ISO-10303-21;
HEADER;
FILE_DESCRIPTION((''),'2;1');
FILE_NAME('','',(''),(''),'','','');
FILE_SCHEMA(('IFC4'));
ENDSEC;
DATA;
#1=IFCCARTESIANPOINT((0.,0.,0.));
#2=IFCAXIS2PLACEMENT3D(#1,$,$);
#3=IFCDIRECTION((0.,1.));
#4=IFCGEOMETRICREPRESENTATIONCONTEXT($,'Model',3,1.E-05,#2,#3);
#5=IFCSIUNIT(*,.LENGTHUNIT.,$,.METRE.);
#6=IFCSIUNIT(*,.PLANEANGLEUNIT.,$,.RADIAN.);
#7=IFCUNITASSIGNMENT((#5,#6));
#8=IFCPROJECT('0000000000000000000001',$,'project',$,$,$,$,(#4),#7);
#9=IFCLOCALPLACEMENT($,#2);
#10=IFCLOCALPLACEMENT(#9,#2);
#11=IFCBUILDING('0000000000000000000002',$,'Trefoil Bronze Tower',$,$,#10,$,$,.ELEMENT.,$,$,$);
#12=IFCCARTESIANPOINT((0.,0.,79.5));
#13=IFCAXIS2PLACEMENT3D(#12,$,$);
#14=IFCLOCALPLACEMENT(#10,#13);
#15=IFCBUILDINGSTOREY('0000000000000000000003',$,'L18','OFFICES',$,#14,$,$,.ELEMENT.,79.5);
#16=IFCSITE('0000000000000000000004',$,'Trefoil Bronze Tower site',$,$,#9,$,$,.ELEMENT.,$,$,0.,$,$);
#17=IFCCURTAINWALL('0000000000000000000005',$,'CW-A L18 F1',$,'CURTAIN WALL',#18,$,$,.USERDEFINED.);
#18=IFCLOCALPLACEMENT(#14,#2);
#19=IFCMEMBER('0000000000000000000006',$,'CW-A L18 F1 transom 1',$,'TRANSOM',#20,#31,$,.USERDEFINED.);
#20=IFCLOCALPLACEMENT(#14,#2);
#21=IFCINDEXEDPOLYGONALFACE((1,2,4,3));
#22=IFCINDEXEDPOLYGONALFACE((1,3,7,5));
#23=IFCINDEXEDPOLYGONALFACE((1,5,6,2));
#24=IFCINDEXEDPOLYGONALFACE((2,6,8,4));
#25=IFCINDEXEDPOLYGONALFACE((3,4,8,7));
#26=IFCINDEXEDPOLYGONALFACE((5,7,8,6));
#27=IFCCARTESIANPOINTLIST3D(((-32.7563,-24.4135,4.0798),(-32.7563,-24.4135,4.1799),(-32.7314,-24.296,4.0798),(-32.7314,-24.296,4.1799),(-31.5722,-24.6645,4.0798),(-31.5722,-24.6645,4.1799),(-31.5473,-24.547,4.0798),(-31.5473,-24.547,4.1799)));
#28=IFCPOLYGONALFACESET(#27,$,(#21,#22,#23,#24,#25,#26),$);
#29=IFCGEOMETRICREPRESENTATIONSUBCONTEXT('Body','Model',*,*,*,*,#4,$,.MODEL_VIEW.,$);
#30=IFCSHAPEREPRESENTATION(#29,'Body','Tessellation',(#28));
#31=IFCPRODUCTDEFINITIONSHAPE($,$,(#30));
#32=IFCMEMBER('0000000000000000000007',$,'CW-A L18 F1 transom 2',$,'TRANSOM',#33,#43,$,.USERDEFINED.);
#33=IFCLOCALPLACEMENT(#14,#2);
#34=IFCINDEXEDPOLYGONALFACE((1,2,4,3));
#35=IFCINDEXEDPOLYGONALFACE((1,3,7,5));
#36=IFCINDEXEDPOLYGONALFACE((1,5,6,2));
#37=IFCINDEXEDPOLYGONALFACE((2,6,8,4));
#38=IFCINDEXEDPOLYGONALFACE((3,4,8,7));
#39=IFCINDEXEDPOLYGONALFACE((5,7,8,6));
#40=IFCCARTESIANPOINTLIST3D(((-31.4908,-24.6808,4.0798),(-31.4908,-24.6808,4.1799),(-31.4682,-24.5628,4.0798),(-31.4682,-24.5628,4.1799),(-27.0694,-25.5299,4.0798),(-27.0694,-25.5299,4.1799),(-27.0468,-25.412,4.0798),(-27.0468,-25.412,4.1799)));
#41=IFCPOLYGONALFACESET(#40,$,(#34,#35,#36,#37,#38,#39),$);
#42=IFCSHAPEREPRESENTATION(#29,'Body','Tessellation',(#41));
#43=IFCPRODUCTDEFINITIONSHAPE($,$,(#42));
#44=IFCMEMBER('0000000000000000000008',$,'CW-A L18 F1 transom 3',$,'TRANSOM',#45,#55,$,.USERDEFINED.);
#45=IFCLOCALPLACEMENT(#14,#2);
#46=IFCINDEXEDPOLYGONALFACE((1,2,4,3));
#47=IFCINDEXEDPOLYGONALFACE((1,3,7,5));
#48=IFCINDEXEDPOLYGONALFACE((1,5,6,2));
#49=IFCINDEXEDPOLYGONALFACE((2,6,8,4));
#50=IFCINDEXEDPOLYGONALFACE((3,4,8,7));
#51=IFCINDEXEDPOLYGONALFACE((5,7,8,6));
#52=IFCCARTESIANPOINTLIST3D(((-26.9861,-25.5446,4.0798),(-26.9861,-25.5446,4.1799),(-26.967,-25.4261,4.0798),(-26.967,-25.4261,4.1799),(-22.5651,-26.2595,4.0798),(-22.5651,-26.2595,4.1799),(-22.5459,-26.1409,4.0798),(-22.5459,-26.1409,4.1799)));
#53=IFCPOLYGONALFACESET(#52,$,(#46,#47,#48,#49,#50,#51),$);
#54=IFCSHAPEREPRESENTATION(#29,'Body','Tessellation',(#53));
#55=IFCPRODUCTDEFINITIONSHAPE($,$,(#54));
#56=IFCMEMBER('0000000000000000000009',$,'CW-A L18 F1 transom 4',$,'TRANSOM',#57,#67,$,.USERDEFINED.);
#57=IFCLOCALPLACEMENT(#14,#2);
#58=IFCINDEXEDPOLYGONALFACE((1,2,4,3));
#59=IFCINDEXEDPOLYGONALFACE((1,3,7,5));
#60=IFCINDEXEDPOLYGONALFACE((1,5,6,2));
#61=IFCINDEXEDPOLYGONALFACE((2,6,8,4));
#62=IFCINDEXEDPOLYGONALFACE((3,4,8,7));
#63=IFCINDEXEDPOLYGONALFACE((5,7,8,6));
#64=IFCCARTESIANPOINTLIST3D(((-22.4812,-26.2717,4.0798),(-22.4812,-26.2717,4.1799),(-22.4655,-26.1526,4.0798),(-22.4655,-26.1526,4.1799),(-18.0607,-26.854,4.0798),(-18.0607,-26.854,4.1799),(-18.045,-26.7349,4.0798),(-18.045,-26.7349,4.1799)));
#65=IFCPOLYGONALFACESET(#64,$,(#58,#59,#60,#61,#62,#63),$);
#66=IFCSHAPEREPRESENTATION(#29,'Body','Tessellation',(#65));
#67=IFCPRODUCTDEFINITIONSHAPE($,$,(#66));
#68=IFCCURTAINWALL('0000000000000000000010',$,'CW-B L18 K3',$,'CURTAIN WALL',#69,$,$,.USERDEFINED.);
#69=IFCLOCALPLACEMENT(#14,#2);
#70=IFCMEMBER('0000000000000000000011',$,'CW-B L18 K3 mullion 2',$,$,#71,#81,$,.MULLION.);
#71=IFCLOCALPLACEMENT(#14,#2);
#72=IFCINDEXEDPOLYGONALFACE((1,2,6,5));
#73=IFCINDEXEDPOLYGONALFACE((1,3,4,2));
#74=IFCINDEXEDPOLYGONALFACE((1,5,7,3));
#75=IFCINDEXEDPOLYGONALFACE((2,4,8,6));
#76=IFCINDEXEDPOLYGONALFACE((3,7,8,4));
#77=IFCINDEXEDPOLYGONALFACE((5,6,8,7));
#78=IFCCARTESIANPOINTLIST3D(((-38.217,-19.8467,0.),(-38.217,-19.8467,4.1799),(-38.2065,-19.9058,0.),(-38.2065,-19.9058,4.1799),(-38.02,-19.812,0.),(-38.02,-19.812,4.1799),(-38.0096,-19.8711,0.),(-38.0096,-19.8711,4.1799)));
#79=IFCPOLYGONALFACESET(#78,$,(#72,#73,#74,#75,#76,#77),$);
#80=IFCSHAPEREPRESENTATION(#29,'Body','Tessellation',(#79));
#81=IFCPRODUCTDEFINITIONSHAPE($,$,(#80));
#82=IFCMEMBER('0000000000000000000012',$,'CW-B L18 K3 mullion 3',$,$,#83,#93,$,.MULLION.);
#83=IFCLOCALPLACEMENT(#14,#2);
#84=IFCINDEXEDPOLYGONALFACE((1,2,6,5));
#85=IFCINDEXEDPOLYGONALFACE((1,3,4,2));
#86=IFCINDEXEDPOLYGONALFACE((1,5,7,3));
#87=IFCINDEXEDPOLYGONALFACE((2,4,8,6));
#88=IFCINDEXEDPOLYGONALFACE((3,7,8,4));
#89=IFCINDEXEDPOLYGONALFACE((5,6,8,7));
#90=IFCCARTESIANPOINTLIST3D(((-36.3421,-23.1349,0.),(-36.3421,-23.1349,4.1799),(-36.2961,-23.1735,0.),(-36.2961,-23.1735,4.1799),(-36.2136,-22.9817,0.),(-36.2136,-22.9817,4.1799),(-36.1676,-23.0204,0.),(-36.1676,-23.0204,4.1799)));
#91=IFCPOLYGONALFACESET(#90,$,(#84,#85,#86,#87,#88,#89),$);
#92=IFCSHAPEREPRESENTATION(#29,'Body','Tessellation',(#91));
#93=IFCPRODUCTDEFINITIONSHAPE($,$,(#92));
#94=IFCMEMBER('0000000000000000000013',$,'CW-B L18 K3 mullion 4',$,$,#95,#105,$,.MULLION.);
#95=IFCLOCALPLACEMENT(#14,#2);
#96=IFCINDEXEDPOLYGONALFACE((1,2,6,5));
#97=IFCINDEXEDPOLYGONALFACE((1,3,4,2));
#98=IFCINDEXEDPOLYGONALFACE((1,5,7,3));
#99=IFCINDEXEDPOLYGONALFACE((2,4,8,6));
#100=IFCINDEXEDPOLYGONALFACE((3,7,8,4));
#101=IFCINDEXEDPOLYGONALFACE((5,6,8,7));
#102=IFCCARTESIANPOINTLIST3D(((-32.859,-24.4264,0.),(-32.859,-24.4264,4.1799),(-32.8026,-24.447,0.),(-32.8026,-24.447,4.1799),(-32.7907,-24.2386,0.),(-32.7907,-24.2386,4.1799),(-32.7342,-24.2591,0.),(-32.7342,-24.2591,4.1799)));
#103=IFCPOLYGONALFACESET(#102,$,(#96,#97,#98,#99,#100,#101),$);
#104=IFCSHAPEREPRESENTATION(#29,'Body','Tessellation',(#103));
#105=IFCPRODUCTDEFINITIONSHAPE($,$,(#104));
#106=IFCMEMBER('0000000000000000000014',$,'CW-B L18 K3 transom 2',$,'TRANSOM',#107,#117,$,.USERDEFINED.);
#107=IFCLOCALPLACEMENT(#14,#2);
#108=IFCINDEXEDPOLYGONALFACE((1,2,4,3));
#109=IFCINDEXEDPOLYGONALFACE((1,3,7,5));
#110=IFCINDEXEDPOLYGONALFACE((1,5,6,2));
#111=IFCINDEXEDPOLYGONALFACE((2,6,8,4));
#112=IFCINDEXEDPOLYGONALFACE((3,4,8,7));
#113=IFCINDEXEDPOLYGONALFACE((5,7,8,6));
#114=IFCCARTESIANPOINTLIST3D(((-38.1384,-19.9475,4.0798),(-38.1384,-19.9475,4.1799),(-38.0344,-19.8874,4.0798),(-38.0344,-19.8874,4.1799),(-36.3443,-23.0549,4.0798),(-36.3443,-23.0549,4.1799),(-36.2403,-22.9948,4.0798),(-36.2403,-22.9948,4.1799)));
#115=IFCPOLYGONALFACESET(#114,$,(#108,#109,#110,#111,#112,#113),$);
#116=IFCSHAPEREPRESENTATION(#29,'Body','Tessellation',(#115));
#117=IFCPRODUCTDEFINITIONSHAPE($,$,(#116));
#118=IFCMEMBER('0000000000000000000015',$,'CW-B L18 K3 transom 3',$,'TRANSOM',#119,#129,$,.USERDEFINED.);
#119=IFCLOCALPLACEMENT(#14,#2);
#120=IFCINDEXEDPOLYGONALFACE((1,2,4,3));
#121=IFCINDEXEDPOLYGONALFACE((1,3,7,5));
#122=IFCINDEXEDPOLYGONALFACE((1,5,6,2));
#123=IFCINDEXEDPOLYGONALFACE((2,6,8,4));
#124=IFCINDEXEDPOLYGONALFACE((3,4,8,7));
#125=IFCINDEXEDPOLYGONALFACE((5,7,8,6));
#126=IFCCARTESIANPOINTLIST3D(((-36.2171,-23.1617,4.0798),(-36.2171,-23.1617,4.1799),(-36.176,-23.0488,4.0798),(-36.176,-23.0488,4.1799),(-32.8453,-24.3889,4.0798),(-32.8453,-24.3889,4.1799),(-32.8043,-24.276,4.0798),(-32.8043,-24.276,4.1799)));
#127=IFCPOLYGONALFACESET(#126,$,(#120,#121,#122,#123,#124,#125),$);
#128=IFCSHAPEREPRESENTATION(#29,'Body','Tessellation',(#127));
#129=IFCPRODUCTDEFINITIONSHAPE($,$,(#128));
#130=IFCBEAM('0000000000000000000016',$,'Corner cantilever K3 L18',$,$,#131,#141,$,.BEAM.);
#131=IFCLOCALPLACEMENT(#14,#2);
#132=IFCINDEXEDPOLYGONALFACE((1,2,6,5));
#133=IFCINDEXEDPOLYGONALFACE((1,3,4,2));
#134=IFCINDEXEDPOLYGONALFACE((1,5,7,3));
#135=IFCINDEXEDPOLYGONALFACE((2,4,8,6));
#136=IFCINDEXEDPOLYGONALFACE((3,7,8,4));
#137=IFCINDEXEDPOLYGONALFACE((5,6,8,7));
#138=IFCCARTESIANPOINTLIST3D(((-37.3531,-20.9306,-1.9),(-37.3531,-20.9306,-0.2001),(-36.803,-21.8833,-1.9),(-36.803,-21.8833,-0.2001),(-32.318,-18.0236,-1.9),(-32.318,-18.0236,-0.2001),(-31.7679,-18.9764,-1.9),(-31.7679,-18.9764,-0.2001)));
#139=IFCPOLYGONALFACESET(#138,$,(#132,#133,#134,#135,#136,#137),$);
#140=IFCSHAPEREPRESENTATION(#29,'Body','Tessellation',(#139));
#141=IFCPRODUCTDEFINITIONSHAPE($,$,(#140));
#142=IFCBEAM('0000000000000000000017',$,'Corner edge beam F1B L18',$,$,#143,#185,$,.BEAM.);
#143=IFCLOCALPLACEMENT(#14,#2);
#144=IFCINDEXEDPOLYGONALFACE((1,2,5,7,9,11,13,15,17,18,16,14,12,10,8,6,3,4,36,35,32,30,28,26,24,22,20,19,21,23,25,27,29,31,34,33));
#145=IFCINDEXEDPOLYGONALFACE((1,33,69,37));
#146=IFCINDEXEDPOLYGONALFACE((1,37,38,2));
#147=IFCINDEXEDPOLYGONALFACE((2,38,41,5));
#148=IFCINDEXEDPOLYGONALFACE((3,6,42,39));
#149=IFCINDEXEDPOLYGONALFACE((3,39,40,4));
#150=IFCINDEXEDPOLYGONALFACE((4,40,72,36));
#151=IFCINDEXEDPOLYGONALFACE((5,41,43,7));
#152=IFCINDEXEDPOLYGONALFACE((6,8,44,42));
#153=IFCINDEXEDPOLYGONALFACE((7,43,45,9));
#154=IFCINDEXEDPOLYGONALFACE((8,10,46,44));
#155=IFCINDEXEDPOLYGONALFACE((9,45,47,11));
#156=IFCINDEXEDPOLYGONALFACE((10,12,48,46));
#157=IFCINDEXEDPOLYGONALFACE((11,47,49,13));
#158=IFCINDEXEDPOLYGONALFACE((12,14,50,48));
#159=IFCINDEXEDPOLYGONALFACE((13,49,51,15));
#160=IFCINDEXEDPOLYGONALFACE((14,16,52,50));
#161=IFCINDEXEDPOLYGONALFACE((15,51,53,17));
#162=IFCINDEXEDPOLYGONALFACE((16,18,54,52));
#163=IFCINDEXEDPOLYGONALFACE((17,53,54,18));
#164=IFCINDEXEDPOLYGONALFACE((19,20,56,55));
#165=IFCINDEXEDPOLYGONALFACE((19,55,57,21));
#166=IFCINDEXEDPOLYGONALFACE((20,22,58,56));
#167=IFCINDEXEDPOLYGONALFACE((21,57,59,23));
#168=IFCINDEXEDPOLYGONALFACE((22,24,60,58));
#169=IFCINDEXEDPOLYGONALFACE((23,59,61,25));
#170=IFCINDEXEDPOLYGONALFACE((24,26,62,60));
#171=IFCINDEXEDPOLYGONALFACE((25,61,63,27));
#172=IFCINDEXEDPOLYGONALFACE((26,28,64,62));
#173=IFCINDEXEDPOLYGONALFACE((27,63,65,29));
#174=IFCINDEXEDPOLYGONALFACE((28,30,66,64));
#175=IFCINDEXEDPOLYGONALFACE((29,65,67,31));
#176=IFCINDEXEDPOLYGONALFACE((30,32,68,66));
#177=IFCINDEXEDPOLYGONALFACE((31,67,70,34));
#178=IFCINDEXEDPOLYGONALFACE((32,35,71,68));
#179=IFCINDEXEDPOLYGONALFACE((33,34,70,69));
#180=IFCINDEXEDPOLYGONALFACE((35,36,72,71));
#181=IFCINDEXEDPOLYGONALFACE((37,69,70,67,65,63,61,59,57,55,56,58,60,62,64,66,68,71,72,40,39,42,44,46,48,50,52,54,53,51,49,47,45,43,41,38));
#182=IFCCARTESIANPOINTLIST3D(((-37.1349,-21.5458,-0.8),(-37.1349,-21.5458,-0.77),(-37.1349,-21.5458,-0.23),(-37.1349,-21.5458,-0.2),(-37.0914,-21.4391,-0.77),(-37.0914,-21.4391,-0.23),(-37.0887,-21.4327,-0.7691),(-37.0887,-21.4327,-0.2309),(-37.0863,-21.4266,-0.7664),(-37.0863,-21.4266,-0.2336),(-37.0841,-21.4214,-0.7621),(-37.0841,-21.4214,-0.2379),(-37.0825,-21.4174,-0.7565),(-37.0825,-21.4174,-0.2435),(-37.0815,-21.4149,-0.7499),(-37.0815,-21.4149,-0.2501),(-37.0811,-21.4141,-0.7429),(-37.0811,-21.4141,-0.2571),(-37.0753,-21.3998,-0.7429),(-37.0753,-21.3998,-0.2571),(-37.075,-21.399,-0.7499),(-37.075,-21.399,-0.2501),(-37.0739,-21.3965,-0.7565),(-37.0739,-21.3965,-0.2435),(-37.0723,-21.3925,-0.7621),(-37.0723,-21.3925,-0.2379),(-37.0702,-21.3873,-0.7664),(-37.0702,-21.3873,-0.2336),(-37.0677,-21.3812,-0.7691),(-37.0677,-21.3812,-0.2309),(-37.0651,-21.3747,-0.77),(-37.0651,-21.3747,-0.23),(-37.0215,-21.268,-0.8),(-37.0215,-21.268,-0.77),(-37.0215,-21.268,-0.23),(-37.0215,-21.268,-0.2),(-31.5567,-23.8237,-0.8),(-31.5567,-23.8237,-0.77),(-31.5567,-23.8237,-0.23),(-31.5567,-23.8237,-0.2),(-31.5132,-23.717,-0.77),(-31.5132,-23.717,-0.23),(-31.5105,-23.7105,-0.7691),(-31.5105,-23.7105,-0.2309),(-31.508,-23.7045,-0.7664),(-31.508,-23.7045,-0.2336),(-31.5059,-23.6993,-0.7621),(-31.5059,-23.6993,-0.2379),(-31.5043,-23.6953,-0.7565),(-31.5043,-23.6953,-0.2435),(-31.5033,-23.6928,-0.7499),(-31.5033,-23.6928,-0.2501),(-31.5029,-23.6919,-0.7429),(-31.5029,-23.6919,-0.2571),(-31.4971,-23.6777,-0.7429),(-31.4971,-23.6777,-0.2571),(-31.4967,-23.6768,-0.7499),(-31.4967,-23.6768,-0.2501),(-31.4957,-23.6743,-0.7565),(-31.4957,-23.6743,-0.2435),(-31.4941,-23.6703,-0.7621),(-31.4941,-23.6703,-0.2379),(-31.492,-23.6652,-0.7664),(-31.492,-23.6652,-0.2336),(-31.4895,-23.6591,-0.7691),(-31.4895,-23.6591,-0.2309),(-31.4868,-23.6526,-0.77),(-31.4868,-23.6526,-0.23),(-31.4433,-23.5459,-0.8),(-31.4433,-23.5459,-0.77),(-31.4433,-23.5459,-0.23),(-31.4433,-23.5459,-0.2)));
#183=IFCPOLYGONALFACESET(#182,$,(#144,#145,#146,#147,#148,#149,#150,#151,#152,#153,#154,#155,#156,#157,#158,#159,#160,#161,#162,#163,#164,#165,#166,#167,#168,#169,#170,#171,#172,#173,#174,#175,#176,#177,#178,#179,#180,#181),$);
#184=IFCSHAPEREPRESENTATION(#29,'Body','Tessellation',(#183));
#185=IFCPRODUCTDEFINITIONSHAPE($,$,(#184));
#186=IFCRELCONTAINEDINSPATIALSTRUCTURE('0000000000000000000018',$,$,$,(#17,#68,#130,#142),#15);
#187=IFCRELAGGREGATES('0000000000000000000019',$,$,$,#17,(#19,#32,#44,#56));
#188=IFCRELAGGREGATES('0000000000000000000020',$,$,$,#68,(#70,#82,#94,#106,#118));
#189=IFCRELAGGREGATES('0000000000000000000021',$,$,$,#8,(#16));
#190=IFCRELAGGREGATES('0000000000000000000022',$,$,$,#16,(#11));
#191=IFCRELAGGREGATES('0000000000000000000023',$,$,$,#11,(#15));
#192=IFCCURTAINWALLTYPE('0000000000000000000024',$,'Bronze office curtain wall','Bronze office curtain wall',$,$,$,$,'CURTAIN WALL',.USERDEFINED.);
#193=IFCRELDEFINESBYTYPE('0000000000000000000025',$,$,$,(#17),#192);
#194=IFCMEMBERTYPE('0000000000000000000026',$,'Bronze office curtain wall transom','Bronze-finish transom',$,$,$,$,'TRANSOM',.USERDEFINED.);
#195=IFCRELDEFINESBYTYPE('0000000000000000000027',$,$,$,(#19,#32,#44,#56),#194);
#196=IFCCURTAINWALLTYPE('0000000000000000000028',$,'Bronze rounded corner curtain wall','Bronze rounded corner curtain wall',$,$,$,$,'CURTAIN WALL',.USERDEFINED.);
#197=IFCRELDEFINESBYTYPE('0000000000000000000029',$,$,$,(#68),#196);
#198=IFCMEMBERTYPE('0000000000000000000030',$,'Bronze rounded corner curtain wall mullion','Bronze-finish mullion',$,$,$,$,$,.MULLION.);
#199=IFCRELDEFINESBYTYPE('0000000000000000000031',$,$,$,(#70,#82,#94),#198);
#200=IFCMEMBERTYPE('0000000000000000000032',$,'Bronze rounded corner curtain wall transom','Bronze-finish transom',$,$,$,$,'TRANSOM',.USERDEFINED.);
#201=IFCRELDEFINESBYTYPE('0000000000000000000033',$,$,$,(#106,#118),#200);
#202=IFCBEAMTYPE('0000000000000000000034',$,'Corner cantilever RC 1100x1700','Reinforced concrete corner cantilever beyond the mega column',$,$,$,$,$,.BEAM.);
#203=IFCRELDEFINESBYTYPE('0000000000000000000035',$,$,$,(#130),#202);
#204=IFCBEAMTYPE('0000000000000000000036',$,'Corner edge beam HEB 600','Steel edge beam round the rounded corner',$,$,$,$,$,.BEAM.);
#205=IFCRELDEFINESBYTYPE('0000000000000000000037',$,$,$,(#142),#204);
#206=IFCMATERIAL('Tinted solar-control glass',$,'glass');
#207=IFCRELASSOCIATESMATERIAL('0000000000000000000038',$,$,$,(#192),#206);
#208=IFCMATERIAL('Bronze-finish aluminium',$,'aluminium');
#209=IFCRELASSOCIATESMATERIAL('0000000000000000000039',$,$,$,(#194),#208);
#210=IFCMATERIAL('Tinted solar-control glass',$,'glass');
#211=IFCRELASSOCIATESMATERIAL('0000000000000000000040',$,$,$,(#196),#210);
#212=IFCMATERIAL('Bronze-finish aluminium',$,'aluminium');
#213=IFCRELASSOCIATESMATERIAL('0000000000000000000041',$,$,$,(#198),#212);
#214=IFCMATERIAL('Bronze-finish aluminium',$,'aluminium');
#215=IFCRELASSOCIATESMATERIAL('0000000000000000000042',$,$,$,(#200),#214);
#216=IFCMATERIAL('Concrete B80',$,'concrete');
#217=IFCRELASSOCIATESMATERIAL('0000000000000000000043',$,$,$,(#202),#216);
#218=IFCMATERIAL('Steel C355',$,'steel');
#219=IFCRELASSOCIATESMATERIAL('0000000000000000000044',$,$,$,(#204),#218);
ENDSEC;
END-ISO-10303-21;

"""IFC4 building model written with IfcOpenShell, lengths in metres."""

from ifc_helpers import new_model, si_unit, direction, frame, origin, origin_2d, place, context, subcontext, project, spatial, rectangle, i_section, extrude, material, material_profile, profile_set, type_object, element, aggregate, save


model = new_model("IFC4")

# Units and contexts
model_context = context("Model", 3, precision=1e-05, world=origin(), true_north=direction((0.0, 1.0)))
body_context = subcontext(model_context, "Body", "Model", "MODEL_VIEW")
ifc_project = project(units=[si_unit("LENGTHUNIT", "METRE"), si_unit("PLANEANGLEUNIT", "RADIAN")], contexts=[model_context])

# Site, building, storey
site_placement = place(None, origin())
site = spatial("IfcSite", under=ifc_project, at=site_placement, Name="Trefoil Bronze Tower site", CompositionType="ELEMENT", RefElevation=0.0)
building_placement = place(site_placement, origin())
building = spatial("IfcBuilding", under=site, at=building_placement, Name="Trefoil Bronze Tower", CompositionType="ELEMENT")
storey_placement = place(building_placement, frame((0.0, 0.0, 79.5)))
storey = spatial("IfcBuildingStorey", under=building, at=storey_placement, Name="L18", Description="OFFICES", CompositionType="ELEMENT", Elevation=79.5)

# Curtain walls, members
ifc_material_1 = material(Name="Tinted solar-control glass", Category="glass")
curtain_wall_type_1 = type_object("IfcCurtainWallType", Name="Bronze office curtain wall", Description="Bronze office curtain wall", ElementType="CURTAIN WALL", PredefinedType="USERDEFINED", material=ifc_material_1)
curtain_wall_1_placement = place(storey_placement, origin())
curtain_wall_1 = element("IfcCurtainWall", 1, at=curtain_wall_1_placement, inside=storey, type_object=curtain_wall_type_1, Name="CW-A L18 F1", ObjectType="CURTAIN WALL", PredefinedType="USERDEFINED")
ifc_material_2 = material(Name="Bronze-finish aluminium", Category="aluminium")
ifc_material_profile_1 = material_profile(ifc_material_2, rectangle(XDim=0.1201, YDim=0.1001, at=origin_2d()), Name="CW-A transom")
ifc_profile_set_1 = profile_set([ifc_material_profile_1], Name="Bronze-finish aluminium")
member_type_1 = type_object("IfcMemberType", Name="Bronze office curtain wall transom", Description="Bronze-finish transom", ElementType="TRANSOM", PredefinedType="USERDEFINED", material=ifc_profile_set_1)
member_1_placement = place(storey_placement, frame((-32.7439, -24.3547, 4.1299), z_axis=(0.978266, -0.207352, 0.0), x_axis=(0.207352, 0.978266, 0.0)))
member_1 = element("IfcMember", 2, at=member_1_placement, type_object=member_type_1, Name="CW-A L18 F1 transom 1", ObjectType="TRANSOM", PredefinedType="USERDEFINED", context=body_context, shape_type="SweptSolid", body=[
    extrude(rectangle(XDim=0.1201, YDim=0.1001, at=origin_2d()), origin(), (0.0, 0.0, 1.0), 1.2104),
])
member_2_placement = place(storey_placement, frame((-31.4795, -24.6218, 4.1299), z_axis=(0.982054, -0.188602, 0.0), x_axis=(0.188602, 0.982054, 0.0)))
member_2 = element("IfcMember", 3, at=member_2_placement, type_object=member_type_1, Name="CW-A L18 F1 transom 2", ObjectType="TRANSOM", PredefinedType="USERDEFINED", context=body_context, shape_type="SweptSolid", body=[
    extrude(rectangle(XDim=0.1201, YDim=0.1001, at=origin_2d()), origin(), (0.0, 0.0, 1.0), 4.5022),
])
member_3_placement = place(storey_placement, frame((-26.9766, -25.4854, 4.1299), z_axis=(0.987179, -0.159615, 0.0), x_axis=(0.159615, 0.987179, 0.0)))
member_3 = element("IfcMember", 4, at=member_3_placement, type_object=member_type_1, Name="CW-A L18 F1 transom 3", ObjectType="TRANSOM", PredefinedType="USERDEFINED", context=body_context, shape_type="SweptSolid", body=[
    extrude(rectangle(XDim=0.1201, YDim=0.1001, at=origin_2d()), origin(), (0.0, 0.0, 1.0), 4.4785),
])
member_4_placement = place(storey_placement, frame((-22.4734, -26.2122, 4.1299), z_axis=(0.991437, -0.130589, 0.0), x_axis=(0.130589, 0.991437, 0.0)))
member_4 = element("IfcMember", 5, at=member_4_placement, type_object=member_type_1, Name="CW-A L18 F1 transom 4", ObjectType="TRANSOM", PredefinedType="USERDEFINED", context=body_context, shape_type="SweptSolid", body=[
    extrude(rectangle(XDim=0.1201, YDim=0.1001, at=origin_2d()), origin(), (0.0, 0.0, 1.0), 4.4587),
])
ifc_material_3 = material(Name="Tinted solar-control glass", Category="glass")
curtain_wall_type_2 = type_object("IfcCurtainWallType", Name="Bronze rounded corner curtain wall", Description="Bronze rounded corner curtain wall", ElementType="CURTAIN WALL", PredefinedType="USERDEFINED", material=ifc_material_3)
curtain_wall_2_placement = place(storey_placement, origin())
curtain_wall_2 = element("IfcCurtainWall", 6, at=curtain_wall_2_placement, inside=storey, type_object=curtain_wall_type_2, Name="CW-B L18 K3", ObjectType="CURTAIN WALL", PredefinedType="USERDEFINED")
ifc_material_4 = material(Name="Bronze-finish aluminium", Category="aluminium")
ifc_material_profile_2 = material_profile(ifc_material_4, rectangle(XDim=0.2, YDim=0.0601, at=origin_2d()), Name="CW-B mullion")
ifc_profile_set_2 = profile_set([ifc_material_profile_2], Name="Bronze-finish aluminium")
member_type_2 = type_object("IfcMemberType", Name="Bronze rounded corner curtain wall mullion", Description="Bronze-finish mullion", PredefinedType="MULLION", material=ifc_profile_set_2)
member_5_placement = place(storey_placement, frame((-38.1133, -19.8589, 0.0), z_axis=(0.0, 0.0, 1.0), x_axis=(0.984808, 0.173648, 0.0)))
member_5 = element("IfcMember", 7, at=member_5_placement, type_object=member_type_2, Name="CW-B L18 K3 mullion 2", PredefinedType="MULLION", context=body_context, shape_type="SweptSolid", body=[
    extrude(rectangle(XDim=0.2, YDim=0.0601, at=origin_2d()), origin(), (0.0, 0.0, 1.0), 4.1799),
])
member_6_placement = place(storey_placement, frame((-36.2549, -23.0776, 0.0), z_axis=(0.0, 0.0, 1.0), x_axis=(0.642788, 0.766044, 0.0)))
member_6 = element("IfcMember", 8, at=member_6_placement, type_object=member_type_2, Name="CW-B L18 K3 mullion 3", PredefinedType="MULLION", context=body_context, shape_type="SweptSolid", body=[
    extrude(rectangle(XDim=0.2, YDim=0.0601, at=origin_2d()), origin(), (0.0, 0.0, 1.0), 4.1799),
])
member_7_placement = place(storey_placement, frame((-32.7966, -24.3428, 0.0), z_axis=(0.0, 0.0, 1.0), x_axis=(0.34202, 0.939693, 0.0)))
member_7 = element("IfcMember", 9, at=member_7_placement, type_object=member_type_2, Name="CW-B L18 K3 mullion 4", PredefinedType="MULLION", context=body_context, shape_type="SweptSolid", body=[
    extrude(rectangle(XDim=0.2, YDim=0.0601, at=origin_2d()), origin(), (0.0, 0.0, 1.0), 4.1799),
])
ifc_material_5 = material(Name="Bronze-finish aluminium", Category="aluminium")
ifc_material_profile_3 = material_profile(ifc_material_5, rectangle(XDim=0.1201, YDim=0.1001, at=origin_2d()), Name="CW-B transom")
ifc_profile_set_3 = profile_set([ifc_material_profile_3], Name="Bronze-finish aluminium")
member_type_3 = type_object("IfcMemberType", Name="Bronze rounded corner curtain wall transom", Description="Bronze-finish transom", ElementType="TRANSOM", PredefinedType="USERDEFINED", material=ifc_profile_set_3)
member_8_placement = place(storey_placement, frame((-38.0864, -19.9175, 4.1299), z_axis=(0.500025, -0.866011, 0.0), x_axis=(0.866011, 0.500025, 0.0)))
member_8 = element("IfcMember", 10, at=member_8_placement, type_object=member_type_3, Name="CW-B L18 K3 transom 2", ObjectType="TRANSOM", PredefinedType="USERDEFINED", context=body_context, shape_type="SweptSolid", body=[
    extrude(rectangle(XDim=0.1201, YDim=0.1001, at=origin_2d()), origin(), (0.0, 0.0, 1.0), 3.5881),
])
member_9_placement = place(storey_placement, frame((-36.1965, -23.1052, 4.1299), z_axis=(0.939688, -0.342033, 0.0), x_axis=(0.342033, 0.939688, 0.0)))
member_9 = element("IfcMember", 11, at=member_9_placement, type_object=member_type_3, Name="CW-B L18 K3 transom 3", ObjectType="TRANSOM", PredefinedType="USERDEFINED", context=body_context, shape_type="SweptSolid", body=[
    extrude(rectangle(XDim=0.1201, YDim=0.1001, at=origin_2d()), origin(), (0.0, 0.0, 1.0), 3.5881),
])

# Beams
ifc_material_6 = material(Name="Concrete B80", Category="concrete")
ifc_material_profile_4 = material_profile(ifc_material_6, rectangle(XDim=1.1001, YDim=1.7, at=origin_2d()), Name="RC 1100x1700")
ifc_profile_set_4 = profile_set([ifc_material_profile_4], Name="Concrete B80")
beam_type_1 = type_object("IfcBeamType", Name="Corner cantilever RC 1100x1700", Description="Reinforced concrete corner cantilever beyond the mega column", PredefinedType="BEAM", material=ifc_profile_set_4)
beam_1_placement = place(storey_placement, frame((-32.043, -18.5, -1.05), z_axis=(-0.86603, -0.499991, 0.0), x_axis=(0.499991, -0.86603, 0.0)))
element("IfcBeam", 12, at=beam_1_placement, inside=storey, type_object=beam_type_1, Name="Corner cantilever K3 L18", PredefinedType="BEAM", context=body_context, shape_type="SweptSolid", body=[
    extrude(rectangle(XDim=1.1001, YDim=1.7, at=origin_2d()), origin(), (0.0, 0.0, 1.0), 5.814),
])
ifc_material_7 = material(Name="Steel C355", Category="steel")
ifc_material_profile_5 = material_profile(ifc_material_7, i_section(OverallWidth=0.3, OverallDepth=0.6001, WebThickness=0.0154, FlangeThickness=0.03, FilletRadius=0.0271, at=origin_2d()), Name="HEB 600")
ifc_profile_set_5 = profile_set([ifc_material_profile_5], Name="Steel C355")
beam_type_2 = type_object("IfcBeamType", Name="Corner edge beam HEB 600", Description="Steel edge beam round the rounded corner", PredefinedType="BEAM", material=ifc_profile_set_5)
beam_2_placement = place(storey_placement, frame((-31.5, -23.6848, -0.5), z_axis=(-0.925787, 0.378046, 0.0), x_axis=(-0.378046, -0.925787, 0.0)))
element("IfcBeam", 13, at=beam_2_placement, inside=storey, type_object=beam_type_2, Name="Corner edge beam F1B L18", PredefinedType="BEAM", context=body_context, shape_type="SweptSolid", body=[
    extrude(i_section(OverallWidth=0.3, OverallDepth=0.6001, WebThickness=0.0154, FlangeThickness=0.03, FilletRadius=0.0271, at=origin_2d()), origin(), (0.0, 0.0, 1.0), 6.0254),
])

aggregate(curtain_wall_1, [member_1, member_2, member_3, member_4])
aggregate(curtain_wall_2, [member_5, member_6, member_7, member_8, member_9])

save(model, "model.ifc")
